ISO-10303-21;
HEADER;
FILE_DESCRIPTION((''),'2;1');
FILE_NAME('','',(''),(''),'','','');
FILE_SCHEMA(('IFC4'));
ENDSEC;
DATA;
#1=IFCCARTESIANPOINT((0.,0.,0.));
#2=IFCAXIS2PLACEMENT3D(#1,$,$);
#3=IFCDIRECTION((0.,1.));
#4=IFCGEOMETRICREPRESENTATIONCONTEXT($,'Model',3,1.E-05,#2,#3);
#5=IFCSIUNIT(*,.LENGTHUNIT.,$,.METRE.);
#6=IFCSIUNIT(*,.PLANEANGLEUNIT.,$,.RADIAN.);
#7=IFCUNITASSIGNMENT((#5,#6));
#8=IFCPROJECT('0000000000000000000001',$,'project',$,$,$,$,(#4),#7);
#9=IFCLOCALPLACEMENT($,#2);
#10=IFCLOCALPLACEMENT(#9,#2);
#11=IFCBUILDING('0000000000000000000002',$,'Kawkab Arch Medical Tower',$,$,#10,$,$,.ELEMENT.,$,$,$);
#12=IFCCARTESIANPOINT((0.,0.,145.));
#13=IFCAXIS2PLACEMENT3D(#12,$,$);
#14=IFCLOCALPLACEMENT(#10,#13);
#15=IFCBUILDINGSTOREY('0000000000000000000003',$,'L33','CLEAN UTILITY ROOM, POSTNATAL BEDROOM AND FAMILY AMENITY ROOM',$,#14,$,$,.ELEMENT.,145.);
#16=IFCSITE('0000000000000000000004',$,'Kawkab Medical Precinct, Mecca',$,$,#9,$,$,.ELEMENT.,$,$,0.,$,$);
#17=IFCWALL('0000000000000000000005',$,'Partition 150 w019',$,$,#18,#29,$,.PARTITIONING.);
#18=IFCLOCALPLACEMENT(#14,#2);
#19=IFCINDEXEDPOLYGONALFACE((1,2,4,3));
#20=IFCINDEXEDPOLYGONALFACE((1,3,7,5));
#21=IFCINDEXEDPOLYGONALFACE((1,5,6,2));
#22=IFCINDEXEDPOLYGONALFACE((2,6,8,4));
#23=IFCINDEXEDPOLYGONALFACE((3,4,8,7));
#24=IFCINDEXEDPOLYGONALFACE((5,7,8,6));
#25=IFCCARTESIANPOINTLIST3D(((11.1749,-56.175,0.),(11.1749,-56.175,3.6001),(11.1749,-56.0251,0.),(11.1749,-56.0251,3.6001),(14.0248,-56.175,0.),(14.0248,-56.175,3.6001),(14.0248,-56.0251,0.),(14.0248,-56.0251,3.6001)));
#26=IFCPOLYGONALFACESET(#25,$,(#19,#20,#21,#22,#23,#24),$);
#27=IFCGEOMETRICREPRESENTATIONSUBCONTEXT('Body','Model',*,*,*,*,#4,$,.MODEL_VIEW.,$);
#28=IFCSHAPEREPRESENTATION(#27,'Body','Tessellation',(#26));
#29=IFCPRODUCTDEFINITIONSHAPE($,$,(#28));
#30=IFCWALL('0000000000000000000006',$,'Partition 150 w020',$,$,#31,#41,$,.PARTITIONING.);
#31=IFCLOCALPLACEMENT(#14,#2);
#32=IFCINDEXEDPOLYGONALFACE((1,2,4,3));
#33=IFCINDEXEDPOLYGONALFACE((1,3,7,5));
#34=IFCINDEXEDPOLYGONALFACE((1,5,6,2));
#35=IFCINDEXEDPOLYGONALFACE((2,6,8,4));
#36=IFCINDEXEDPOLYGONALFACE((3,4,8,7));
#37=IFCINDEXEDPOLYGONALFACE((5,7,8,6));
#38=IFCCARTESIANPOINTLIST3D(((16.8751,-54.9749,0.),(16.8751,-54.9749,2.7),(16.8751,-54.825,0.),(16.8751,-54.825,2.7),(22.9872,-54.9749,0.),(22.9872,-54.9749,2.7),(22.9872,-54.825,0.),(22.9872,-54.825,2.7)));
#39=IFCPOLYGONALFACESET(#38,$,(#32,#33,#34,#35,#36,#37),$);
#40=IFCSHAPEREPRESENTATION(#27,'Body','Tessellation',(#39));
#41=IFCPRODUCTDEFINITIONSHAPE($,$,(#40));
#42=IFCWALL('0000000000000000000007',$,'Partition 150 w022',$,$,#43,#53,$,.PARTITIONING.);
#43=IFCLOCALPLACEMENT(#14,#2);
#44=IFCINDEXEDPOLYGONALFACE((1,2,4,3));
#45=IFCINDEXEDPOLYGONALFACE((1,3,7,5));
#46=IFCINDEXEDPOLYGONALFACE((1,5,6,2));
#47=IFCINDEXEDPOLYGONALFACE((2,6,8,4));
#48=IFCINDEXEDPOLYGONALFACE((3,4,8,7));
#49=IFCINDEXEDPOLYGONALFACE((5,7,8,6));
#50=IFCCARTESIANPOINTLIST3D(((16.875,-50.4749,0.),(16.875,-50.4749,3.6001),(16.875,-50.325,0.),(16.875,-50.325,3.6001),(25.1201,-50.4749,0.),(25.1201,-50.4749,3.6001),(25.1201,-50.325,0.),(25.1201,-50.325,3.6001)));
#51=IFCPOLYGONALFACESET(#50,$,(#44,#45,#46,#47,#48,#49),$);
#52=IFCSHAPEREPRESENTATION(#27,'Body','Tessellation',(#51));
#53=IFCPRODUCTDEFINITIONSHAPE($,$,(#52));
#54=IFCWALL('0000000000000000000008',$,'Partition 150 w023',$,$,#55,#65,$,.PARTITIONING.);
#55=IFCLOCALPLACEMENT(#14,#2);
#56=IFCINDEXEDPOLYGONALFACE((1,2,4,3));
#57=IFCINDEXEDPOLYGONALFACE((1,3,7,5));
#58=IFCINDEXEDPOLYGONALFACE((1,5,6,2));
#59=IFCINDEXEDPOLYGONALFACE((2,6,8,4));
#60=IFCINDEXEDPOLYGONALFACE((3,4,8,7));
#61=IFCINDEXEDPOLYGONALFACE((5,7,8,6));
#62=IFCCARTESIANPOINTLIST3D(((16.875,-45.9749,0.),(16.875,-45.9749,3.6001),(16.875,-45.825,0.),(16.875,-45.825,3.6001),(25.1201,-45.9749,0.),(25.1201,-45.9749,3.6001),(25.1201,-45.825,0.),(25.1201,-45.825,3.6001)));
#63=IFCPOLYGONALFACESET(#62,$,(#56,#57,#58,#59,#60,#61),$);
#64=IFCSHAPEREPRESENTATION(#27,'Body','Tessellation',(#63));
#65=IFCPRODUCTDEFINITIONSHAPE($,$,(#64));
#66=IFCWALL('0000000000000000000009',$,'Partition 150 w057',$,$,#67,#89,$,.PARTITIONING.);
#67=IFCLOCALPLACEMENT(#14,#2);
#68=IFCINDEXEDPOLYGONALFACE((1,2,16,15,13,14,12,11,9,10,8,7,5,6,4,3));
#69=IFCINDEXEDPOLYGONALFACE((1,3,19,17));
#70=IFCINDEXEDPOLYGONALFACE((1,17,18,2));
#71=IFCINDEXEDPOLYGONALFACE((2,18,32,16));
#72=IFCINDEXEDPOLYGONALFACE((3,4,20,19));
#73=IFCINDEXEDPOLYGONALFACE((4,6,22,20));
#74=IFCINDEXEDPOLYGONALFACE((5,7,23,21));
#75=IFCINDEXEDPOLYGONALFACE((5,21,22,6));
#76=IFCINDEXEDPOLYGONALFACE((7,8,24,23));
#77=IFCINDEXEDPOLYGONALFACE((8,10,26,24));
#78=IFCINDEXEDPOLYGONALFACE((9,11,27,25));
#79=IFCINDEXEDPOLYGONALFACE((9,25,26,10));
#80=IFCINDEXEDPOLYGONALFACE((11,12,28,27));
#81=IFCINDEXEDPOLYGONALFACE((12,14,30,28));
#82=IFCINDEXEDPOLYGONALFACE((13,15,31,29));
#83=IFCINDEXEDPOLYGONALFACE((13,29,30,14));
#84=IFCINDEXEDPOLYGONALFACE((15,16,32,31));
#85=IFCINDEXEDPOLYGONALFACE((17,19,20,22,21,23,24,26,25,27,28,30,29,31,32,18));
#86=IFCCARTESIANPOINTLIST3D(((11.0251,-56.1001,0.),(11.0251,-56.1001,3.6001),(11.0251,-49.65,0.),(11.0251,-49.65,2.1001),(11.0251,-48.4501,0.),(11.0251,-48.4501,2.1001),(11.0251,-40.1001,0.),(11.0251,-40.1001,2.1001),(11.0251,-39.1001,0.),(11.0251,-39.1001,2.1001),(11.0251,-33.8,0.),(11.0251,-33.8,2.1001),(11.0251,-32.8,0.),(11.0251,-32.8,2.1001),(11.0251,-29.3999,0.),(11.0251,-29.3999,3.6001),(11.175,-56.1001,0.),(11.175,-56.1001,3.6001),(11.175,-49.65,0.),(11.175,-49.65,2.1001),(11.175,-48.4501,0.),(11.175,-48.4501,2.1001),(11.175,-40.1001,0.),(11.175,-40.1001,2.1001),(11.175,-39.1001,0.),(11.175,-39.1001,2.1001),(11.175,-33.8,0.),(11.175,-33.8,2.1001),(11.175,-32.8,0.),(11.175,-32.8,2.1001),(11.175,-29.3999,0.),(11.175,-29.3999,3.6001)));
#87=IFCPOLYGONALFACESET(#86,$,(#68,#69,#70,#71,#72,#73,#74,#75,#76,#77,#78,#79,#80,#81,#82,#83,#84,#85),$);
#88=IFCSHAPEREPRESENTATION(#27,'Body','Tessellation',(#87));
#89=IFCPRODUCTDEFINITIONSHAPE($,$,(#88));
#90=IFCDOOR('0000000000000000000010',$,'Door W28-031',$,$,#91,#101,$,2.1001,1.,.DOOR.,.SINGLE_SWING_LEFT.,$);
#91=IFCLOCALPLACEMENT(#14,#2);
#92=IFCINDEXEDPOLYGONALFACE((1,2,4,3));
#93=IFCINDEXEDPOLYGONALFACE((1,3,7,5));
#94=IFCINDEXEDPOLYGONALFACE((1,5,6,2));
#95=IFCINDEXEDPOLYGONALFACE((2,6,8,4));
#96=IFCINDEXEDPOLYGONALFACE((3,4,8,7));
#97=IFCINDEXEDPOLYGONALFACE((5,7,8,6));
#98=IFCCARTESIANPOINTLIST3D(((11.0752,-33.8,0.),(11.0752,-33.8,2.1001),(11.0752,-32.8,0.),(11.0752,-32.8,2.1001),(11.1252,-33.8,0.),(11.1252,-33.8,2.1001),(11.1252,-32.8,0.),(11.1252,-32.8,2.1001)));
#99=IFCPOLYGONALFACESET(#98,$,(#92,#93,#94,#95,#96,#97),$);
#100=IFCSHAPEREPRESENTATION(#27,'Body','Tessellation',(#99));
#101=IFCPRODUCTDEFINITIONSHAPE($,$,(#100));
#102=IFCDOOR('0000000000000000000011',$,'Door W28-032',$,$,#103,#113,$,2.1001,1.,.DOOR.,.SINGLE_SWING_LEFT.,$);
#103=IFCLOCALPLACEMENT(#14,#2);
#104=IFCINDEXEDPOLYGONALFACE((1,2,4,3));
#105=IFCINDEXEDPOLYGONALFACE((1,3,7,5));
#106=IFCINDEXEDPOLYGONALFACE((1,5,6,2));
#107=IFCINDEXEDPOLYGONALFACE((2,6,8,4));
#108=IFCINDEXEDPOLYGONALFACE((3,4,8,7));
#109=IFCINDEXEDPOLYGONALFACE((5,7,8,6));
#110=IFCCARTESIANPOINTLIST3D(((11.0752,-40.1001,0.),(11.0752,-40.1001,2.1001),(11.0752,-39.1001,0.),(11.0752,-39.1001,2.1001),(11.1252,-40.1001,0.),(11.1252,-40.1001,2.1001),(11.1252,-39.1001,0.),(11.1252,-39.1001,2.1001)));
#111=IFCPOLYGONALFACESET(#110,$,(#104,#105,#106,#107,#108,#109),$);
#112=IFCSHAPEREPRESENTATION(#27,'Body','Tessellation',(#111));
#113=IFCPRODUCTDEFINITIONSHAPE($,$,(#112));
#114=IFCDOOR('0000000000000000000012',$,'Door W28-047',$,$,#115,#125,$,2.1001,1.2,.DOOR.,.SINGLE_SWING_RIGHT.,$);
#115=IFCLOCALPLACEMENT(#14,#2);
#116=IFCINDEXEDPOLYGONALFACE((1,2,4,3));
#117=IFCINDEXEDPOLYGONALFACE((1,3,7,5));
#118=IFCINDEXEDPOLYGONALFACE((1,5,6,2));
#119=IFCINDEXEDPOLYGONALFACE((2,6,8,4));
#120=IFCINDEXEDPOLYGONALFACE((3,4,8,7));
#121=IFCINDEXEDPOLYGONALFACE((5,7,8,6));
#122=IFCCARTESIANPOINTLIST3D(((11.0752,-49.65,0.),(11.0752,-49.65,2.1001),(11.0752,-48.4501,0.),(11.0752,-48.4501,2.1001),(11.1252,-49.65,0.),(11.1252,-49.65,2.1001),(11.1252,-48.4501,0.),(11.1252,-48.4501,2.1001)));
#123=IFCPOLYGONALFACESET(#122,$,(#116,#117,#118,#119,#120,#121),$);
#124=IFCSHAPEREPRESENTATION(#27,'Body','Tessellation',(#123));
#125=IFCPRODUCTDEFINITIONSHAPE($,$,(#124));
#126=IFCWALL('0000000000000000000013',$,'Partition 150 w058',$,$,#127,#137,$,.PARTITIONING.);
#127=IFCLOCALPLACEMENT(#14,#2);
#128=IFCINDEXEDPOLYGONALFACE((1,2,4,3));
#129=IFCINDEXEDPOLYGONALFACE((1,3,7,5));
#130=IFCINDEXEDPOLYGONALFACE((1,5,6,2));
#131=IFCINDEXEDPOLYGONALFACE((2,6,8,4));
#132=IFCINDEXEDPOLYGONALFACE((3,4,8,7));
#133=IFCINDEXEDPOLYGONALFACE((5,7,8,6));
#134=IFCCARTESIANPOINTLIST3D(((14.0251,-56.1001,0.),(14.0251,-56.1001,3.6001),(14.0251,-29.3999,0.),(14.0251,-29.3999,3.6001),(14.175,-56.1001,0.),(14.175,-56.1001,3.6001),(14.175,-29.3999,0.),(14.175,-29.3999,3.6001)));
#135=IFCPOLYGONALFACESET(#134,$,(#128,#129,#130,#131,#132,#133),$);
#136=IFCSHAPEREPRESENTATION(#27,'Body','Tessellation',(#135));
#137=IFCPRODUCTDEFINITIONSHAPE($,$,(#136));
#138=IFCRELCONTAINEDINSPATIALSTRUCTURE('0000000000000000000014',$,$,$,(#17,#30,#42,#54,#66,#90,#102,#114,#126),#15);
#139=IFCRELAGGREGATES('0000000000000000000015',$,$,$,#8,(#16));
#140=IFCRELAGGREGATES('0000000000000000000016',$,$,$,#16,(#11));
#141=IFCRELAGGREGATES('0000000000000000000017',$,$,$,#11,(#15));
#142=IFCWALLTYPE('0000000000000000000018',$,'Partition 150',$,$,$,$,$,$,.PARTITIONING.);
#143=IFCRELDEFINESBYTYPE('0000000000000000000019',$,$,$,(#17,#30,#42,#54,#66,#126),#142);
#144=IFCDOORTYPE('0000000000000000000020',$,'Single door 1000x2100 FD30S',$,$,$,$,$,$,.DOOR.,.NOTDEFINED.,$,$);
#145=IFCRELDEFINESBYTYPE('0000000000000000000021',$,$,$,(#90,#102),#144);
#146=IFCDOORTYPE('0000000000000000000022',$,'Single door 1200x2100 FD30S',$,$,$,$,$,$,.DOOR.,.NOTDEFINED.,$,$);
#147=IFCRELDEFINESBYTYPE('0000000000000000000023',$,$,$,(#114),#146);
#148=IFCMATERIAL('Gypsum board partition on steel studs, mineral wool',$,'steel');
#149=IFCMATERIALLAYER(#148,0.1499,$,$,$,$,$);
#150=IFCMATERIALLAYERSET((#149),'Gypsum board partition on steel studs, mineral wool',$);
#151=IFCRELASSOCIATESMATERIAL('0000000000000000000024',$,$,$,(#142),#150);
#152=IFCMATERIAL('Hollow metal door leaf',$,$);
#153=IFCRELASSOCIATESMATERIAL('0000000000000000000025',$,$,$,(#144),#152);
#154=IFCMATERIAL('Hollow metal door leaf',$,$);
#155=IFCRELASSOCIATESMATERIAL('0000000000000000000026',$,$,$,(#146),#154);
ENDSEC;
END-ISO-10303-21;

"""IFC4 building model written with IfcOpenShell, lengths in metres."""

from ifc_helpers import new_model, si_unit, direction, frame, frame_2d, origin, place, context, subcontext, project, spatial, rectangle, extrude, material, layer, layer_set, type_object, element, fill, save


model = new_model("IFC4")

# Units and contexts
model_context = context("Model", 3, precision=1e-05, world=origin(), true_north=direction((0.0, 1.0)))
body_context = subcontext(model_context, "Body", "Model", "MODEL_VIEW")
ifc_project = project(units=[si_unit("LENGTHUNIT", "METRE"), si_unit("PLANEANGLEUNIT", "RADIAN")], contexts=[model_context])

# Site, building, storey
site_placement = place(None, origin())
site = spatial("IfcSite", under=ifc_project, at=site_placement, Name="Kawkab Medical Precinct, Mecca", CompositionType="ELEMENT", RefElevation=0.0)
building_placement = place(site_placement, origin())
building = spatial("IfcBuilding", under=site, at=building_placement, Name="Kawkab Arch Medical Tower", CompositionType="ELEMENT")
storey_placement = place(building_placement, frame((0.0, 0.0, 145.0)))
storey = spatial("IfcBuildingStorey", under=building, at=storey_placement, Name="L33", Description="CLEAN UTILITY ROOM, POSTNATAL BEDROOM AND FAMILY AMENITY ROOM", CompositionType="ELEMENT", Elevation=145.0)

# Walls
ifc_material_1 = material(Name="Gypsum board partition on steel studs, mineral wool", Category="steel")
ifc_layer_1 = layer(ifc_material_1, 0.1499)
ifc_layer_set_1 = layer_set([ifc_layer_1], Name="Gypsum board partition on steel studs, mineral wool")
wall_type_1 = type_object("IfcWallType", Name="Partition 150", PredefinedType="PARTITIONING", material=ifc_layer_set_1)
wall_1_placement = place(storey_placement, frame((11.175, -56.1001, 0.0), z_axis=(0.0, 0.0, 1.0), x_axis=(1.0, 0.0, 0.0)))
element("IfcWall", 1, at=wall_1_placement, inside=storey, type_object=wall_type_1, Name="Partition 150 w019", PredefinedType="PARTITIONING", context=body_context, shape_type="SweptSolid", body=[
    extrude(rectangle(XDim=2.8499, YDim=0.1499, at=frame_2d((1.4248, 0.0))), origin(), (0.0, 0.0, 1.0), 3.6001),
])
wall_2_placement = place(storey_placement, frame((16.875, -54.8999, 0.0), z_axis=(0.0, 0.0, 1.0), x_axis=(1.0, 0.0, 0.0)))
element("IfcWall", 2, at=wall_2_placement, inside=storey, type_object=wall_type_1, Name="Partition 150 w020", PredefinedType="PARTITIONING", context=body_context, shape_type="SweptSolid", body=[
    extrude(rectangle(XDim=6.1121, YDim=0.1499, at=frame_2d((3.0562, 0.0))), origin(), (0.0, 0.0, 1.0), 2.7),
])
for number, where, z_axis, x_axis, name in (
    (3, (16.875, -50.3999, 0.0), (0.0, 0.0, 1.0), (1.0, 0.0, 0.0), "Partition 150 w022"),
    (4, (16.875, -45.8999, 0.0), (0.0, 0.0, 1.0), (1.0, 0.0, 0.0), "Partition 150 w023"),
):
    element("IfcWall", number, at=place(storey_placement, frame(where, z_axis=z_axis, x_axis=x_axis)), inside=storey, type_object=wall_type_1, Name=name, PredefinedType="PARTITIONING", context=body_context, shape_type="SweptSolid", body=[
        extrude(rectangle(XDim=8.2451, YDim=0.1499, at=frame_2d((4.1226, 0.0))), origin(), (0.0, 0.0, 1.0), 3.6001),
    ])

# Wall, openings, doors
wall_3_placement = place(storey_placement, frame((11.1001, -56.1001, 0.0), z_axis=(0.0, 0.0, 1.0), x_axis=(0.0, 1.0, 0.0)))
wall_3 = element("IfcWall", 5, at=wall_3_placement, inside=storey, type_object=wall_type_1, Name="Partition 150 w057", PredefinedType="PARTITIONING", context=body_context, shape_type="SweptSolid", body=[
    extrude(rectangle(XDim=26.7002, YDim=0.1499, at=frame_2d((13.3501, 0.0))), origin(), (0.0, 0.0, 1.0), 3.6001),
])
opening_1_placement = place(wall_3_placement, frame((22.3, 0.0, 0.0)))
opening_1 = element("IfcOpeningElement", 6, at=opening_1_placement, cuts=wall_3, PredefinedType="OPENING", context=body_context, shape_type="SweptSolid", body=[
    extrude(rectangle(XDim=1.0, YDim=2.1001, at=frame_2d((0.5, 1.05))), frame((0.0, 0.085, 0.0), z_axis=(0.0, -1.0, 0.0), x_axis=(1.0, 0.0, 0.0)), (0.0, 0.0, 1.0), 0.1699),
])
opening_2_placement = place(wall_3_placement, frame((16.0, 0.0, 0.0)))
opening_2 = element("IfcOpeningElement", 7, at=opening_2_placement, cuts=wall_3, PredefinedType="OPENING", context=body_context, shape_type="SweptSolid", body=[
    extrude(rectangle(XDim=1.0, YDim=2.1001, at=frame_2d((0.5, 1.05))), frame((0.0, 0.085, 0.0), z_axis=(0.0, -1.0, 0.0), x_axis=(1.0, 0.0, 0.0)), (0.0, 0.0, 1.0), 0.1699),
])
opening_3_placement = place(wall_3_placement, frame((6.45, 0.0, 0.0)))
opening_3 = element("IfcOpeningElement", 8, at=opening_3_placement, cuts=wall_3, PredefinedType="OPENING", context=body_context, shape_type="SweptSolid", body=[
    extrude(rectangle(XDim=1.2, YDim=2.1001, at=frame_2d((0.6001, 1.05))), frame((0.0, 0.085, 0.0), z_axis=(0.0, -1.0, 0.0), x_axis=(1.0, 0.0, 0.0)), (0.0, 0.0, 1.0), 0.1699),
])
ifc_material_2 = material(Name="Hollow metal door leaf")
door_type_1 = type_object("IfcDoorType", Name="Single door 1000x2100 FD30S", OperationType="NOTDEFINED", PredefinedType="DOOR", material=ifc_material_2)
door_1_placement = place(opening_1_placement, origin())
door_1 = element("IfcDoor", 9, at=door_1_placement, inside=storey, type_object=door_type_1, Name="Door W28-031", OperationType="SINGLE_SWING_LEFT", OverallHeight=2.1001, OverallWidth=1.0, PredefinedType="DOOR", context=body_context, shape_type="SweptSolid", body=[
    extrude(rectangle(XDim=1.0, YDim=2.1001, at=frame_2d((0.5, 1.05))), frame((0.0, 0.0249, 0.0), z_axis=(0.0, -1.0, 0.0), x_axis=(1.0, 0.0, 0.0)), (0.0, 0.0, 1.0), 0.05),
])
fill(opening_1, door_1)
door_2_placement = place(opening_2_placement, origin())
door_2 = element("IfcDoor", 10, at=door_2_placement, inside=storey, type_object=door_type_1, Name="Door W28-032", OperationType="SINGLE_SWING_LEFT", OverallHeight=2.1001, OverallWidth=1.0, PredefinedType="DOOR", context=body_context, shape_type="SweptSolid", body=[
    extrude(rectangle(XDim=1.0, YDim=2.1001, at=frame_2d((0.5, 1.05))), frame((0.0, 0.0249, 0.0), z_axis=(0.0, -1.0, 0.0), x_axis=(1.0, 0.0, 0.0)), (0.0, 0.0, 1.0), 0.05),
])
fill(opening_2, door_2)
ifc_material_3 = material(Name="Hollow metal door leaf")
door_type_2 = type_object("IfcDoorType", Name="Single door 1200x2100 FD30S", OperationType="NOTDEFINED", PredefinedType="DOOR", material=ifc_material_3)
door_3_placement = place(opening_3_placement, origin())
door_3 = element("IfcDoor", 11, at=door_3_placement, inside=storey, type_object=door_type_2, Name="Door W28-047", OperationType="SINGLE_SWING_RIGHT", OverallHeight=2.1001, OverallWidth=1.2, PredefinedType="DOOR", context=body_context, shape_type="SweptSolid", body=[
    extrude(rectangle(XDim=1.2, YDim=2.1001, at=frame_2d((0.6001, 1.05))), frame((0.0, 0.0249, 0.0), z_axis=(0.0, -1.0, 0.0), x_axis=(1.0, 0.0, 0.0)), (0.0, 0.0, 1.0), 0.05),
])
fill(opening_3, door_3)

# Wall
wall_4_placement = place(storey_placement, frame((14.1001, -56.1001, 0.0), z_axis=(0.0, 0.0, 1.0), x_axis=(0.0, 1.0, 0.0)))
element("IfcWall", 12, at=wall_4_placement, inside=storey, type_object=wall_type_1, Name="Partition 150 w058", PredefinedType="PARTITIONING", context=body_context, shape_type="SweptSolid", body=[
    extrude(rectangle(XDim=26.7002, YDim=0.1499, at=frame_2d((13.3501, 0.0))), origin(), (0.0, 0.0, 1.0), 3.6001),
])

save(model, "model.ifc")
